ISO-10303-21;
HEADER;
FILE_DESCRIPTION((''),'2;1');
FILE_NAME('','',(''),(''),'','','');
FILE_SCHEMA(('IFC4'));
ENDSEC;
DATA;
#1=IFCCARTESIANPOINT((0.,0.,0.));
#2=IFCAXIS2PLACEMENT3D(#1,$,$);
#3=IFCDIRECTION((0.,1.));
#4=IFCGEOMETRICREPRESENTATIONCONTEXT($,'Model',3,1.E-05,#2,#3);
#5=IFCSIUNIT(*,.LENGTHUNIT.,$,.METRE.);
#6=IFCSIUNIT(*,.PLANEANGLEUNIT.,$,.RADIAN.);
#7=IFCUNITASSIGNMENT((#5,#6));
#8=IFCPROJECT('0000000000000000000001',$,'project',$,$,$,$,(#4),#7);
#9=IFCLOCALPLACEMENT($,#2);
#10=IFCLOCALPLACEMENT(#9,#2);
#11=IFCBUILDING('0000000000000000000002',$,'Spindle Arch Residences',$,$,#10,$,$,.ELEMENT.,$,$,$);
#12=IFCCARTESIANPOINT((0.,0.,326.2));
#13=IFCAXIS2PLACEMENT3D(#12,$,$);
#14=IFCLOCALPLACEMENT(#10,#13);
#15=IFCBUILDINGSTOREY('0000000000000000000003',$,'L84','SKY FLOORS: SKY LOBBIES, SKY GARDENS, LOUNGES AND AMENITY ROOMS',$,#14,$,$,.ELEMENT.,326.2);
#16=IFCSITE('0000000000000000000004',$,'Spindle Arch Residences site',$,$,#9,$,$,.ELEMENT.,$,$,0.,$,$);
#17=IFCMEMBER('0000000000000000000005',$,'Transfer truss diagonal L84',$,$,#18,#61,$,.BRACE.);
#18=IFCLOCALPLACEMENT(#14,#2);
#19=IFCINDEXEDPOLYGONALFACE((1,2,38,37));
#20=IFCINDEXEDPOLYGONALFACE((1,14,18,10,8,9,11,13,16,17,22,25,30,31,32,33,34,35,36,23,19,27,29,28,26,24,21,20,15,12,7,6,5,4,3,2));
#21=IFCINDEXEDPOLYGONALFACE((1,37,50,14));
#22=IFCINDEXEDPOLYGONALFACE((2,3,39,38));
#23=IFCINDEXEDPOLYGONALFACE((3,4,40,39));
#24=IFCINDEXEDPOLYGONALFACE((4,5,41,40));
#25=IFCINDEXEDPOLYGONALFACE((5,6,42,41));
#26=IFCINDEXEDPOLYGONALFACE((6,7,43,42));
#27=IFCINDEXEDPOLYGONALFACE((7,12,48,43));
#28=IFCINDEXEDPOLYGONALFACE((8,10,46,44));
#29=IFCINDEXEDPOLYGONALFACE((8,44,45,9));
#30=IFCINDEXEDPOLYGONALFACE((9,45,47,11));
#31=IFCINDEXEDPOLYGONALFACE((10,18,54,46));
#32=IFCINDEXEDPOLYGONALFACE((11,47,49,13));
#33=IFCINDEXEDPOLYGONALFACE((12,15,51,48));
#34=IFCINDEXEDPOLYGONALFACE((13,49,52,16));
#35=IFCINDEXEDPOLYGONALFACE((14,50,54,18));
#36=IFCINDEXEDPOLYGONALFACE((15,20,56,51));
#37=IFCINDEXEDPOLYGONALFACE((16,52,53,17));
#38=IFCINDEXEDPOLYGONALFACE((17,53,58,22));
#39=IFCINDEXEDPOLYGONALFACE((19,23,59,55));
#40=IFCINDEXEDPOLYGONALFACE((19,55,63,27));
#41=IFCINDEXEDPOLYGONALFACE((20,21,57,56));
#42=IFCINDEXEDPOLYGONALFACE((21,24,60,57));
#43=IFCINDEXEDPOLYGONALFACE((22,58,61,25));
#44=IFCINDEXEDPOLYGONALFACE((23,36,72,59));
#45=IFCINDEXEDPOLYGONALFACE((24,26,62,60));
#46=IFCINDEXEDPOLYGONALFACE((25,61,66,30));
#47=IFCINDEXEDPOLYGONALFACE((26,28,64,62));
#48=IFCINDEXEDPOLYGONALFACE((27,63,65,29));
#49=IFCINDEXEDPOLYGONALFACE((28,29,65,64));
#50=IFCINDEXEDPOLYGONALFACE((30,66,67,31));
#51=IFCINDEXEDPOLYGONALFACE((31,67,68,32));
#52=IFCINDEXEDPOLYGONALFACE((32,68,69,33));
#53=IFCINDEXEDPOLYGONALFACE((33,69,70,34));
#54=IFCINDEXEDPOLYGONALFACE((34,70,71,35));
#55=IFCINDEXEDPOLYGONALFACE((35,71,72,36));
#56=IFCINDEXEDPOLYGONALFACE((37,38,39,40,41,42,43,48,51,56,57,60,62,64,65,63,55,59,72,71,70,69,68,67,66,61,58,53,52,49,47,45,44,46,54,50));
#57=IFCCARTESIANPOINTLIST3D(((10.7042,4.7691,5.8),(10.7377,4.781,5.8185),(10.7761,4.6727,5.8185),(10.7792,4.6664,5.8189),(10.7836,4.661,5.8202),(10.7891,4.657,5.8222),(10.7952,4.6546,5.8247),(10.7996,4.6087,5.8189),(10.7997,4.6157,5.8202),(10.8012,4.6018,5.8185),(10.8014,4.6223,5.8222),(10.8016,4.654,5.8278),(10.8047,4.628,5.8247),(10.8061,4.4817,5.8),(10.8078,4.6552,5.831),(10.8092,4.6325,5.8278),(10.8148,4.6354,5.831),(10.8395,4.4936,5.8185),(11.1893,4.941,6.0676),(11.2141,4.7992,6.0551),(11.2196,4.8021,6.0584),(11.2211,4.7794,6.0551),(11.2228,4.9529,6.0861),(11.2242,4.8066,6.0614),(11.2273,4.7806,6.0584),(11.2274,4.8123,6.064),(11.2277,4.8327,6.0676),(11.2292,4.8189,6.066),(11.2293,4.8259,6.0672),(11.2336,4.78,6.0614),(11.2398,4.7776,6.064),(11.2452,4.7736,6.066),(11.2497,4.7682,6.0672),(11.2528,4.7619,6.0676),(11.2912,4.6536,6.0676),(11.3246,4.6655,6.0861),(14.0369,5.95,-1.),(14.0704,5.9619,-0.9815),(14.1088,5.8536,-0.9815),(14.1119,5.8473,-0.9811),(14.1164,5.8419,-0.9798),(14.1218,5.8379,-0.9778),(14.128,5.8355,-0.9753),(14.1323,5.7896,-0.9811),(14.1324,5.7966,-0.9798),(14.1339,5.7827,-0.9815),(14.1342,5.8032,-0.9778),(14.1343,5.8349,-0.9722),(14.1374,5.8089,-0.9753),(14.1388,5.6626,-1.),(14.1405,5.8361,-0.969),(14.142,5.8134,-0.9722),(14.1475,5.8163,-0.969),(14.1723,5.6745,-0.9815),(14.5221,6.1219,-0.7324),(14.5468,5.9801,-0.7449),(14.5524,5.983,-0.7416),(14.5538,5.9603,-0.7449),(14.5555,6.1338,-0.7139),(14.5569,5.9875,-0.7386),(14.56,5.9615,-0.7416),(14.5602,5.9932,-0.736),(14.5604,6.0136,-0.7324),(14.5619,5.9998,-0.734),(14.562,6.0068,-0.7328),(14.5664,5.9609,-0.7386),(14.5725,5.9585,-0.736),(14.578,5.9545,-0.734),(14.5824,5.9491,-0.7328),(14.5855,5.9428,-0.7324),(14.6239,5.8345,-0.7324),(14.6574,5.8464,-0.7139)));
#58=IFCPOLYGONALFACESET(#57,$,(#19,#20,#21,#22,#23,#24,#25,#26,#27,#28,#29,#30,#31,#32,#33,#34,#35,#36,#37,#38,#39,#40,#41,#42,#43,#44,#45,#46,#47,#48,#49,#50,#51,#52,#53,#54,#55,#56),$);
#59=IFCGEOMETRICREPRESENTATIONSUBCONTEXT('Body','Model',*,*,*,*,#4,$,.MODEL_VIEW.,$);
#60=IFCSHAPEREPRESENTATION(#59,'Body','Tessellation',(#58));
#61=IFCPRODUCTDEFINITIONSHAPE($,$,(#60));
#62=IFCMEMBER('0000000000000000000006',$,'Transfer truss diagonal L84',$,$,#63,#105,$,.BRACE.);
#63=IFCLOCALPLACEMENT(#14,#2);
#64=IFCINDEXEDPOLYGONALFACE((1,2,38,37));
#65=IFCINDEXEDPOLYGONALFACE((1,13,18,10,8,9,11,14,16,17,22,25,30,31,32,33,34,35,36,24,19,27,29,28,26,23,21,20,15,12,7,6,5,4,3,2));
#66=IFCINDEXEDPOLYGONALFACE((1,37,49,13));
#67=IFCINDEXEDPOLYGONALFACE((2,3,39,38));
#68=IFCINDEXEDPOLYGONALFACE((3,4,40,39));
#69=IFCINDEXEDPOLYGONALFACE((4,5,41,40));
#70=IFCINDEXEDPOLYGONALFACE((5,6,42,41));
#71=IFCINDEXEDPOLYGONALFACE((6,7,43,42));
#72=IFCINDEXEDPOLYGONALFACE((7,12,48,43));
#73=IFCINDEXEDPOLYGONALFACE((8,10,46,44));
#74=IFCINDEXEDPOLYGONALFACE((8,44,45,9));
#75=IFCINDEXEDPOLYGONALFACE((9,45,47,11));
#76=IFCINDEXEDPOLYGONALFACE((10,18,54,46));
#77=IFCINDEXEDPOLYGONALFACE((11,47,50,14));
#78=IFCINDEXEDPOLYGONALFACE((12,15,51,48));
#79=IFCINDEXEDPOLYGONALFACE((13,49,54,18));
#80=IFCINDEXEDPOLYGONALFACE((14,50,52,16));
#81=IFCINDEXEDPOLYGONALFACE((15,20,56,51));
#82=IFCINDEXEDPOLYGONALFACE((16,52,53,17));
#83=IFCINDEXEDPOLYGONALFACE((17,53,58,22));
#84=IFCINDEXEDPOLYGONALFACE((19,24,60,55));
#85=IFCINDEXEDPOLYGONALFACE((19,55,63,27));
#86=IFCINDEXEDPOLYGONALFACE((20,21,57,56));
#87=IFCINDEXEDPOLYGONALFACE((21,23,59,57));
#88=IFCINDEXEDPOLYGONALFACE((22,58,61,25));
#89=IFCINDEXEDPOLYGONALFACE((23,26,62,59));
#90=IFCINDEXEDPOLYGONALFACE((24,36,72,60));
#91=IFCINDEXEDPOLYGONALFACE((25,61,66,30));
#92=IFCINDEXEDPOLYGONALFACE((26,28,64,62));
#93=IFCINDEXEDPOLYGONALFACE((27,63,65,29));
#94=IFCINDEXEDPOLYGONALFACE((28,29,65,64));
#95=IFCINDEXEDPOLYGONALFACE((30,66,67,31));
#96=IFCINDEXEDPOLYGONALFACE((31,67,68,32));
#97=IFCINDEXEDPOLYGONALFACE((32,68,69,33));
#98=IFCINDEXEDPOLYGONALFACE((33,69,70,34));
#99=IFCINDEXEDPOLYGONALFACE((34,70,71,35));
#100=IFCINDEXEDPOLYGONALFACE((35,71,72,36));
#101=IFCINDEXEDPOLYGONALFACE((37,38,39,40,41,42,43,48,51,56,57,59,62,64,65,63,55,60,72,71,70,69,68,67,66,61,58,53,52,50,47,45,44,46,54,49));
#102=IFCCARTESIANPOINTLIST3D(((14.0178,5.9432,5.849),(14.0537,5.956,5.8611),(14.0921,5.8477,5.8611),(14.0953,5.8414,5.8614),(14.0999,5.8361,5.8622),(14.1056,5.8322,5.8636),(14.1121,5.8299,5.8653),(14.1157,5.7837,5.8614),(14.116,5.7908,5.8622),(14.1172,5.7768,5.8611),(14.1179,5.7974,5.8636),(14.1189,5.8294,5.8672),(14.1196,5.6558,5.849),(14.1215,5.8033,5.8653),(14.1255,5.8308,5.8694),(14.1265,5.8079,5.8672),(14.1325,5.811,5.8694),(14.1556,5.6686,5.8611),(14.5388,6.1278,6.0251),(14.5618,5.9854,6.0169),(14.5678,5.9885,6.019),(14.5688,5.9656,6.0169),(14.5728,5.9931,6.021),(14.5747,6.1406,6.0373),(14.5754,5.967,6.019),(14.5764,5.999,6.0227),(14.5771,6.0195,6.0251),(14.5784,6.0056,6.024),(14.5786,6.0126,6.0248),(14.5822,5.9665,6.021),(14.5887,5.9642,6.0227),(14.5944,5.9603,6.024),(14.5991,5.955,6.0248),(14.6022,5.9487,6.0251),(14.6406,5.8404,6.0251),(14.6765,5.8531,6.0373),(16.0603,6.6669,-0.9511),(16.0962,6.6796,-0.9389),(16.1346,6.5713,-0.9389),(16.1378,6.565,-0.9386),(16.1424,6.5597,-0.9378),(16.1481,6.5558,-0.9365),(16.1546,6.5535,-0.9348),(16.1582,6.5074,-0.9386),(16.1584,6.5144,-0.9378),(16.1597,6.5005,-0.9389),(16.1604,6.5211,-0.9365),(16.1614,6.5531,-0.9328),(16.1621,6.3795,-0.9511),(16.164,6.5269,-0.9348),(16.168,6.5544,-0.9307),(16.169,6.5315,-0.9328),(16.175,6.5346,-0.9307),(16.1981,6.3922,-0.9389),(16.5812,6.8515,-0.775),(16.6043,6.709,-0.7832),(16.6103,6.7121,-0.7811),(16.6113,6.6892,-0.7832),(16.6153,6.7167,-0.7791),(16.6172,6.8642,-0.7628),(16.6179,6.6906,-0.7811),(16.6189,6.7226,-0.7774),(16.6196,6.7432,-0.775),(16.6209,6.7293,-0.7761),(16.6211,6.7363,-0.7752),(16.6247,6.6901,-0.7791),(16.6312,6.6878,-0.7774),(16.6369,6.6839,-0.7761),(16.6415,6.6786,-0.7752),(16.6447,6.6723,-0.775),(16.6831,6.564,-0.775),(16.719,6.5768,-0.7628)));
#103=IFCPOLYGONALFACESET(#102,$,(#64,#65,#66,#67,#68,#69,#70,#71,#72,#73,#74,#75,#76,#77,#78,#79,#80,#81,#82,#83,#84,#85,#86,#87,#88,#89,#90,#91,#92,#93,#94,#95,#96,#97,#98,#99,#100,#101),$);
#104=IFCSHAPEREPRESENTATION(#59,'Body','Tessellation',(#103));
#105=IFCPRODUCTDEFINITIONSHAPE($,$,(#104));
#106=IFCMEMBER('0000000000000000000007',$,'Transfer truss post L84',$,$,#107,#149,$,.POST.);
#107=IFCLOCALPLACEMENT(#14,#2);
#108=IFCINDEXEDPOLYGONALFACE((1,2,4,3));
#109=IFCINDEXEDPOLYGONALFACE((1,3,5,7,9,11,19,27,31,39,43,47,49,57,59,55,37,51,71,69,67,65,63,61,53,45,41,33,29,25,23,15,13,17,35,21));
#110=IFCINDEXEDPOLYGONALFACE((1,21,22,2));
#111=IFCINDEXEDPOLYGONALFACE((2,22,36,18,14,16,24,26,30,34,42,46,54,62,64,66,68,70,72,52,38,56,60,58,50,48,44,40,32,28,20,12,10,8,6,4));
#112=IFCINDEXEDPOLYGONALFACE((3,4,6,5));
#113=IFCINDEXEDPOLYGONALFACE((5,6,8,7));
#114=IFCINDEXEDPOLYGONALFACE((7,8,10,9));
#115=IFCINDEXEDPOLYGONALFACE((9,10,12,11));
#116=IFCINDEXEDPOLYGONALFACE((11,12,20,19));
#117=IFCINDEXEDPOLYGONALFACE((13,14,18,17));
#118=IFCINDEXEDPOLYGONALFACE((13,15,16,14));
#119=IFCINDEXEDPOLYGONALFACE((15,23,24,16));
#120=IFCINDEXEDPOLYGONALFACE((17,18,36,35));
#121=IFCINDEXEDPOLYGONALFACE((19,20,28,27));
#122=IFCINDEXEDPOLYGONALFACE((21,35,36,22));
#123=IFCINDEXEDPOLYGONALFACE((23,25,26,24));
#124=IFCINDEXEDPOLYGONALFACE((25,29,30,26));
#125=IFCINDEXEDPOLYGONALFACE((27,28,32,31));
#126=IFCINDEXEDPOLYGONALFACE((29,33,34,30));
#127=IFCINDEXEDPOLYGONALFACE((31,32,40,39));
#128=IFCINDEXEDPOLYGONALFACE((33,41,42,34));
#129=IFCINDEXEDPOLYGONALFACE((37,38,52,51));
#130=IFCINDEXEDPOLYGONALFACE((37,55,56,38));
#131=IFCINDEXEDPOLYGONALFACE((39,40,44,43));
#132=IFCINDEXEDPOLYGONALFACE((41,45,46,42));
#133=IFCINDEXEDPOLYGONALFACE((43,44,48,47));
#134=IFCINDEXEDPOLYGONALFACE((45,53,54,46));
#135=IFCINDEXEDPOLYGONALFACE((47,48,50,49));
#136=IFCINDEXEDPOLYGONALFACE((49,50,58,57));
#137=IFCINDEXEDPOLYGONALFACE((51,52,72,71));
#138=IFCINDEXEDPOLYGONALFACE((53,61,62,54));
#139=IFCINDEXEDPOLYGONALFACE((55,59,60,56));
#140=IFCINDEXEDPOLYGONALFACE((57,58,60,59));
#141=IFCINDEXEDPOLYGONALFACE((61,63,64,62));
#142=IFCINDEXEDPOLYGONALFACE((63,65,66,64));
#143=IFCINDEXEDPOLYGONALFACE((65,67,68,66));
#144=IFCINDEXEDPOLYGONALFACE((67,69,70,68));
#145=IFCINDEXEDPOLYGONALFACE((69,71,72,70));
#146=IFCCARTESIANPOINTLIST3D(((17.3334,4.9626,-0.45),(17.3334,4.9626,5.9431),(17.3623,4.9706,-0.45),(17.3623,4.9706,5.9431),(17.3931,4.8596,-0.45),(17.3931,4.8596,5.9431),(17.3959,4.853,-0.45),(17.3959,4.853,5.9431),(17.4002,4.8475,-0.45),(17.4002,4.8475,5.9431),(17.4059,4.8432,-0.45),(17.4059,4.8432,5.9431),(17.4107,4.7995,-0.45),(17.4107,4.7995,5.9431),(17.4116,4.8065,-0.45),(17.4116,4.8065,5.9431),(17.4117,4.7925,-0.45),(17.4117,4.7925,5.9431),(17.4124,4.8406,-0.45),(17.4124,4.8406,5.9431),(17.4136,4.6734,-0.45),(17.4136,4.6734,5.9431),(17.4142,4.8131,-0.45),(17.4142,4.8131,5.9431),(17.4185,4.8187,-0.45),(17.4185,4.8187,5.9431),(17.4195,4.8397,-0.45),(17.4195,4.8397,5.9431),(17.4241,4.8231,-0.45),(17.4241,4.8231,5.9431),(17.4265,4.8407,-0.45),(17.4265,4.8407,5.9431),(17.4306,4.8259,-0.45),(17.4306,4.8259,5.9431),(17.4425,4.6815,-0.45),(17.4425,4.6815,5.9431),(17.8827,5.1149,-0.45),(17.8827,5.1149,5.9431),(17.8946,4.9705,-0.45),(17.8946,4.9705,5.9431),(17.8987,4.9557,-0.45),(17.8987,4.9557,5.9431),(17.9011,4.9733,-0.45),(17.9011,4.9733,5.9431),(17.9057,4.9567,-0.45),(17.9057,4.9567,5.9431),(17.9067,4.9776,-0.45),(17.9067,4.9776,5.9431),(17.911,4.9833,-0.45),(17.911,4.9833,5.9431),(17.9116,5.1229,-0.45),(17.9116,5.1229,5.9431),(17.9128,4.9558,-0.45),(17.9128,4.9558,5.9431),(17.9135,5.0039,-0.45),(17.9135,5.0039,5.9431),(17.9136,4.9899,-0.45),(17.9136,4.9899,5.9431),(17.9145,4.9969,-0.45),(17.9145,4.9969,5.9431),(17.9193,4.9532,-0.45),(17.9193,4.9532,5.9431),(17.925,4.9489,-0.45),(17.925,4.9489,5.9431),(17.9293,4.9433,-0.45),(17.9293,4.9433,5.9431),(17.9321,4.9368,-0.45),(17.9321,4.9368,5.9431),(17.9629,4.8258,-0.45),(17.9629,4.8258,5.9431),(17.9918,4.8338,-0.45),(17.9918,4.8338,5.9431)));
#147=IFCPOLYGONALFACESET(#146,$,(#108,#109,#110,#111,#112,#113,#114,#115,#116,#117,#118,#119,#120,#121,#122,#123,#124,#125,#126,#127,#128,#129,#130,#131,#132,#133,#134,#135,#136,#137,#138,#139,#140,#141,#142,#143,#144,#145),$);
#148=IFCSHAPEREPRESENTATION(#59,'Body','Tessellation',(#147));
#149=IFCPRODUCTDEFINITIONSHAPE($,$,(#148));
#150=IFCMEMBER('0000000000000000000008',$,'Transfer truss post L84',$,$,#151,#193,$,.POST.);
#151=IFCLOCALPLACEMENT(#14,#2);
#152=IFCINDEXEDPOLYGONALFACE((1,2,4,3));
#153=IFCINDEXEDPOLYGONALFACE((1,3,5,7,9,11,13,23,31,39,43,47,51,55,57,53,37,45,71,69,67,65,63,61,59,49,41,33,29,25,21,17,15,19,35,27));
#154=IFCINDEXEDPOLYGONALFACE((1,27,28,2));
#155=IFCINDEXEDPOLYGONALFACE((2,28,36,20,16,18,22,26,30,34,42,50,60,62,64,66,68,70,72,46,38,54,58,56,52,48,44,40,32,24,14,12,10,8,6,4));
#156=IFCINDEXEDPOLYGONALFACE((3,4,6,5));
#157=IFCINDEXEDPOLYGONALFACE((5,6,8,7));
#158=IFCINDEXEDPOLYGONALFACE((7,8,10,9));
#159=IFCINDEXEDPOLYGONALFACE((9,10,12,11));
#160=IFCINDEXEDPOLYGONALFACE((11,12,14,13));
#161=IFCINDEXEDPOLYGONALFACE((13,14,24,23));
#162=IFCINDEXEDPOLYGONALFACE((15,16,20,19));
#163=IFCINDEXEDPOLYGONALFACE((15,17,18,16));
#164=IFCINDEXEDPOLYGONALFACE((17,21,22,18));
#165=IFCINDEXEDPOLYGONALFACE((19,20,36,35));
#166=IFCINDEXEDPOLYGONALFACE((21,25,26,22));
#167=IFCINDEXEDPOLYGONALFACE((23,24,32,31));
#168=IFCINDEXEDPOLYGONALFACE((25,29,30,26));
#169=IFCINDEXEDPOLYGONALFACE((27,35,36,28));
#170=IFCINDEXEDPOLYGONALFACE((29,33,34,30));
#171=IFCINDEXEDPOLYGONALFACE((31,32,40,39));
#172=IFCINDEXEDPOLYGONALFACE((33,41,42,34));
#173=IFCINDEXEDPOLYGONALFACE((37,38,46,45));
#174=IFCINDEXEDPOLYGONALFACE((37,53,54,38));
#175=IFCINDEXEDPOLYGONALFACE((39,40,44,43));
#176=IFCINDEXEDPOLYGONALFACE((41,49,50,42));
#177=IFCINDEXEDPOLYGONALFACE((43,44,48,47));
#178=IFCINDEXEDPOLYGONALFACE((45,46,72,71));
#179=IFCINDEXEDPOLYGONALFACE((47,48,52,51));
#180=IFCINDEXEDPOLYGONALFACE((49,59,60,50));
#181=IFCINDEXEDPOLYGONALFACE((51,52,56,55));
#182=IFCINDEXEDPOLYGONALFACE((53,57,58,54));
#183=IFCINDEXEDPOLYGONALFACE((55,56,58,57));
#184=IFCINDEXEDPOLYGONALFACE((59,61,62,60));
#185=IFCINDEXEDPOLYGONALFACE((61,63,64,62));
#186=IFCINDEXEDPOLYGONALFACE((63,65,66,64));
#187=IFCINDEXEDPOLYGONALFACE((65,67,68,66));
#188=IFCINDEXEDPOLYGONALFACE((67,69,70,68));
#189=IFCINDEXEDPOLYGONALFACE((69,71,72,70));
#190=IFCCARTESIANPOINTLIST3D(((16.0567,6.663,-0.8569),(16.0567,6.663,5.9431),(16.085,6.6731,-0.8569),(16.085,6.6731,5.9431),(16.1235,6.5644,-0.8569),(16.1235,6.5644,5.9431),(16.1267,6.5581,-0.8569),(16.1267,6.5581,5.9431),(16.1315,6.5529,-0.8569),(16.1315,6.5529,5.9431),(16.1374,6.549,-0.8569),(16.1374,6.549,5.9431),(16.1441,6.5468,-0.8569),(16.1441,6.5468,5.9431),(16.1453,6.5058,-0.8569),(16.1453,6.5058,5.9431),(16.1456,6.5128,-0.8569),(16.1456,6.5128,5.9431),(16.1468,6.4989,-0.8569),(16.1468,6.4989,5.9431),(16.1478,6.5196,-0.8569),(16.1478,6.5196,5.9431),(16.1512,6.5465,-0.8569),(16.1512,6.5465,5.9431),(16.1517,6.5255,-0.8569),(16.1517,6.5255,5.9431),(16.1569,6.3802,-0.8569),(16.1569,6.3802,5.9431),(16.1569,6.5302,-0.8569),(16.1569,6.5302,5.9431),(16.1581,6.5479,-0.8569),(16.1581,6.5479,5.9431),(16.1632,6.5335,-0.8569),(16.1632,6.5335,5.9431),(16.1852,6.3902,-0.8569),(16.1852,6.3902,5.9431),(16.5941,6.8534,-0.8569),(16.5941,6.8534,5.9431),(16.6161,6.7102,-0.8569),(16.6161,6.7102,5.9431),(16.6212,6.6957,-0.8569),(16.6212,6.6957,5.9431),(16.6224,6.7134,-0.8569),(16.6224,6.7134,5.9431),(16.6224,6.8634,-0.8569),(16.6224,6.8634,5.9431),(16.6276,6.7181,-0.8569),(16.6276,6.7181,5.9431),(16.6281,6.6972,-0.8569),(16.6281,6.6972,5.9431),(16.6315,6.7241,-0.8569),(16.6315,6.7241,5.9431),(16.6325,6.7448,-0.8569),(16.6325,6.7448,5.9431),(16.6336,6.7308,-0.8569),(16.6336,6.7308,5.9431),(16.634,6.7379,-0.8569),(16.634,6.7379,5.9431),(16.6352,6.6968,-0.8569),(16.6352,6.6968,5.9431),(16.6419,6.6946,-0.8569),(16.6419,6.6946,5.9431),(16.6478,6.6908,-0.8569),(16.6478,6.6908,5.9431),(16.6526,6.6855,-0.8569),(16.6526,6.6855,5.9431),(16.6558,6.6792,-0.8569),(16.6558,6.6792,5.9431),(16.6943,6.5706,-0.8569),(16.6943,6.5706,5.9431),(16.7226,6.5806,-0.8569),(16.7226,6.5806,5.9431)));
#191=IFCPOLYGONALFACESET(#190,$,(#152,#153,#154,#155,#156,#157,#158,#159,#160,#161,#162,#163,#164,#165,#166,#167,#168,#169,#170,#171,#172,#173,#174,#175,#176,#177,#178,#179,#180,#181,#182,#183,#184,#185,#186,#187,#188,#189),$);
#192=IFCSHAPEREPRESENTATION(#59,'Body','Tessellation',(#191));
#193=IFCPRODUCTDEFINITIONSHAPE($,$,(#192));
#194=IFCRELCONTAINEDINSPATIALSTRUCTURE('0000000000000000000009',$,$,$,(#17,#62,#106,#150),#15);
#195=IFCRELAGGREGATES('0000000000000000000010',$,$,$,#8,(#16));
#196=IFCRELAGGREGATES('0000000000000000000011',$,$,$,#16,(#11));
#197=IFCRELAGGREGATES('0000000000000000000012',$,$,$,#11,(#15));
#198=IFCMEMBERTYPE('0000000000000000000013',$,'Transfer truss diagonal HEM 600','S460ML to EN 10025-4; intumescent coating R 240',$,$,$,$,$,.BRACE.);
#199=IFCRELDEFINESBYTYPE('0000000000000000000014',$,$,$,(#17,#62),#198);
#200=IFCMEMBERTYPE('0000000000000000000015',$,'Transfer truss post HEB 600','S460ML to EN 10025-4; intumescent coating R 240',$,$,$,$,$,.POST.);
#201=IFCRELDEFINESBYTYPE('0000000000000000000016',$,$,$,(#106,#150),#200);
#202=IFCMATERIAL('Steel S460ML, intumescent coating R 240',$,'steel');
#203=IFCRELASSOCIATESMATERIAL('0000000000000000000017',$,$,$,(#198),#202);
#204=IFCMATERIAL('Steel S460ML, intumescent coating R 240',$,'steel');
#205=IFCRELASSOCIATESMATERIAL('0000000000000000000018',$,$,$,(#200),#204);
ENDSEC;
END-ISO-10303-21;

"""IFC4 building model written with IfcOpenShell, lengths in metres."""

from ifc_helpers import new_model, si_unit, direction, frame, origin, origin_2d, place, context, subcontext, project, spatial, i_section, extrude, material, material_profile, profile_set, type_object, element, save


model = new_model("IFC4")

# Units and contexts
model_context = context("Model", 3, precision=1e-05, world=origin(), true_north=direction((0.0, 1.0)))
body_context = subcontext(model_context, "Body", "Model", "MODEL_VIEW")
ifc_project = project(units=[si_unit("LENGTHUNIT", "METRE"), si_unit("PLANEANGLEUNIT", "RADIAN")], contexts=[model_context])

# Site, building, storey
site_placement = place(None, origin())
site = spatial("IfcSite", under=ifc_project, at=site_placement, Name="Spindle Arch Residences site", CompositionType="ELEMENT", RefElevation=0.0)
building_placement = place(site_placement, origin())
building = spatial("IfcBuilding", under=site, at=building_placement, Name="Spindle Arch Residences", CompositionType="ELEMENT")
storey_placement = place(building_placement, frame((0.0, 0.0, 326.2)))
storey = spatial("IfcBuildingStorey", under=building, at=storey_placement, Name="L84", Description="SKY FLOORS: SKY LOBBIES, SKY GARDENS, LOUNGES AND AMENITY ROOMS", CompositionType="ELEMENT", Elevation=326.2)

# Members
ifc_material_1 = material(Name="Steel S460ML, intumescent coating R 240", Category="steel")
ifc_material_profile_1 = material_profile(ifc_material_1, i_section(OverallWidth=0.3049, OverallDepth=0.6201, WebThickness=0.021, FlangeThickness=0.04, FilletRadius=0.0271, at=origin_2d()), Name="HEM 600")
ifc_profile_set_1 = profile_set([ifc_material_profile_1], Name="Steel S460ML, intumescent coating R 240")
member_type_1 = type_object("IfcMemberType", Name="Transfer truss diagonal HEM 600", Description="S460ML to EN 10025-4; intumescent coating R 240", PredefinedType="BRACE", material=ifc_profile_set_1)
member_1_placement = place(storey_placement, frame((14.3472, 5.8982, -0.8569), z_axis=(-0.434839, -0.154078, 0.887229), x_axis=(0.333986, -0.942578, 0.0)))
element("IfcMember", 1, at=member_1_placement, inside=storey, type_object=member_type_1, Name="Transfer truss diagonal L84", PredefinedType="BRACE", context=body_context, shape_type="SweptSolid", body=[
    extrude(i_section(OverallWidth=0.3049, OverallDepth=0.6201, WebThickness=0.021, FlangeThickness=0.04, FilletRadius=0.0271, at=origin_2d()), origin(), (0.0, 0.0, 1.0), 7.6643),
])
member_2_placement = place(storey_placement, frame((16.3896, 6.6218, -0.8569), z_axis=(-0.286184, -0.101392, 0.952795), x_axis=(0.333951, -0.94259, 0.0)))
element("IfcMember", 2, at=member_2_placement, inside=storey, type_object=member_type_1, Name="Transfer truss diagonal L84", PredefinedType="BRACE", context=body_context, shape_type="SweptSolid", body=[
    extrude(i_section(OverallWidth=0.3049, OverallDepth=0.6201, WebThickness=0.021, FlangeThickness=0.04, FilletRadius=0.0271, at=origin_2d()), origin(), (0.0, 0.0, 1.0), 7.137),
])
ifc_material_2 = material(Name="Steel S460ML, intumescent coating R 240", Category="steel")
ifc_material_profile_2 = material_profile(ifc_material_2, i_section(OverallWidth=0.3, OverallDepth=0.6001, WebThickness=0.0154, FlangeThickness=0.03, FilletRadius=0.0271, at=origin_2d()), Name="HEB 600")
ifc_profile_set_2 = profile_set([ifc_material_profile_2], Name="Steel S460ML, intumescent coating R 240")
member_type_2 = type_object("IfcMemberType", Name="Transfer truss post HEB 600", Description="S460ML to EN 10025-4; intumescent coating R 240", PredefinedType="POST", material=ifc_profile_set_2)
member_3_placement = place(storey_placement, frame((17.6626, 4.8982, -0.45), z_axis=(0.0, 0.0, 1.0), x_axis=(0.26724, -0.96363, 0.0)))
element("IfcMember", 3, at=member_3_placement, inside=storey, type_object=member_type_2, Name="Transfer truss post L84", PredefinedType="POST", context=body_context, shape_type="SweptSolid", body=[
    extrude(i_section(OverallWidth=0.3, OverallDepth=0.6001, WebThickness=0.0154, FlangeThickness=0.03, FilletRadius=0.0271, at=origin_2d()), origin(), (0.0, 0.0, 1.0), 6.3931),
])
member_4_placement = place(storey_placement, frame((16.3896, 6.6218, -0.8569), z_axis=(0.0, 0.0, 1.0), x_axis=(0.333965, -0.942586, 0.0)))
element("IfcMember", 4, at=member_4_placement, inside=storey, type_object=member_type_2, Name="Transfer truss post L84", PredefinedType="POST", context=body_context, shape_type="SweptSolid", body=[
    extrude(i_section(OverallWidth=0.3, OverallDepth=0.6001, WebThickness=0.0154, FlangeThickness=0.03, FilletRadius=0.0271, at=origin_2d()), origin(), (0.0, 0.0, 1.0), 6.8),
])

save(model, "model.ifc")
